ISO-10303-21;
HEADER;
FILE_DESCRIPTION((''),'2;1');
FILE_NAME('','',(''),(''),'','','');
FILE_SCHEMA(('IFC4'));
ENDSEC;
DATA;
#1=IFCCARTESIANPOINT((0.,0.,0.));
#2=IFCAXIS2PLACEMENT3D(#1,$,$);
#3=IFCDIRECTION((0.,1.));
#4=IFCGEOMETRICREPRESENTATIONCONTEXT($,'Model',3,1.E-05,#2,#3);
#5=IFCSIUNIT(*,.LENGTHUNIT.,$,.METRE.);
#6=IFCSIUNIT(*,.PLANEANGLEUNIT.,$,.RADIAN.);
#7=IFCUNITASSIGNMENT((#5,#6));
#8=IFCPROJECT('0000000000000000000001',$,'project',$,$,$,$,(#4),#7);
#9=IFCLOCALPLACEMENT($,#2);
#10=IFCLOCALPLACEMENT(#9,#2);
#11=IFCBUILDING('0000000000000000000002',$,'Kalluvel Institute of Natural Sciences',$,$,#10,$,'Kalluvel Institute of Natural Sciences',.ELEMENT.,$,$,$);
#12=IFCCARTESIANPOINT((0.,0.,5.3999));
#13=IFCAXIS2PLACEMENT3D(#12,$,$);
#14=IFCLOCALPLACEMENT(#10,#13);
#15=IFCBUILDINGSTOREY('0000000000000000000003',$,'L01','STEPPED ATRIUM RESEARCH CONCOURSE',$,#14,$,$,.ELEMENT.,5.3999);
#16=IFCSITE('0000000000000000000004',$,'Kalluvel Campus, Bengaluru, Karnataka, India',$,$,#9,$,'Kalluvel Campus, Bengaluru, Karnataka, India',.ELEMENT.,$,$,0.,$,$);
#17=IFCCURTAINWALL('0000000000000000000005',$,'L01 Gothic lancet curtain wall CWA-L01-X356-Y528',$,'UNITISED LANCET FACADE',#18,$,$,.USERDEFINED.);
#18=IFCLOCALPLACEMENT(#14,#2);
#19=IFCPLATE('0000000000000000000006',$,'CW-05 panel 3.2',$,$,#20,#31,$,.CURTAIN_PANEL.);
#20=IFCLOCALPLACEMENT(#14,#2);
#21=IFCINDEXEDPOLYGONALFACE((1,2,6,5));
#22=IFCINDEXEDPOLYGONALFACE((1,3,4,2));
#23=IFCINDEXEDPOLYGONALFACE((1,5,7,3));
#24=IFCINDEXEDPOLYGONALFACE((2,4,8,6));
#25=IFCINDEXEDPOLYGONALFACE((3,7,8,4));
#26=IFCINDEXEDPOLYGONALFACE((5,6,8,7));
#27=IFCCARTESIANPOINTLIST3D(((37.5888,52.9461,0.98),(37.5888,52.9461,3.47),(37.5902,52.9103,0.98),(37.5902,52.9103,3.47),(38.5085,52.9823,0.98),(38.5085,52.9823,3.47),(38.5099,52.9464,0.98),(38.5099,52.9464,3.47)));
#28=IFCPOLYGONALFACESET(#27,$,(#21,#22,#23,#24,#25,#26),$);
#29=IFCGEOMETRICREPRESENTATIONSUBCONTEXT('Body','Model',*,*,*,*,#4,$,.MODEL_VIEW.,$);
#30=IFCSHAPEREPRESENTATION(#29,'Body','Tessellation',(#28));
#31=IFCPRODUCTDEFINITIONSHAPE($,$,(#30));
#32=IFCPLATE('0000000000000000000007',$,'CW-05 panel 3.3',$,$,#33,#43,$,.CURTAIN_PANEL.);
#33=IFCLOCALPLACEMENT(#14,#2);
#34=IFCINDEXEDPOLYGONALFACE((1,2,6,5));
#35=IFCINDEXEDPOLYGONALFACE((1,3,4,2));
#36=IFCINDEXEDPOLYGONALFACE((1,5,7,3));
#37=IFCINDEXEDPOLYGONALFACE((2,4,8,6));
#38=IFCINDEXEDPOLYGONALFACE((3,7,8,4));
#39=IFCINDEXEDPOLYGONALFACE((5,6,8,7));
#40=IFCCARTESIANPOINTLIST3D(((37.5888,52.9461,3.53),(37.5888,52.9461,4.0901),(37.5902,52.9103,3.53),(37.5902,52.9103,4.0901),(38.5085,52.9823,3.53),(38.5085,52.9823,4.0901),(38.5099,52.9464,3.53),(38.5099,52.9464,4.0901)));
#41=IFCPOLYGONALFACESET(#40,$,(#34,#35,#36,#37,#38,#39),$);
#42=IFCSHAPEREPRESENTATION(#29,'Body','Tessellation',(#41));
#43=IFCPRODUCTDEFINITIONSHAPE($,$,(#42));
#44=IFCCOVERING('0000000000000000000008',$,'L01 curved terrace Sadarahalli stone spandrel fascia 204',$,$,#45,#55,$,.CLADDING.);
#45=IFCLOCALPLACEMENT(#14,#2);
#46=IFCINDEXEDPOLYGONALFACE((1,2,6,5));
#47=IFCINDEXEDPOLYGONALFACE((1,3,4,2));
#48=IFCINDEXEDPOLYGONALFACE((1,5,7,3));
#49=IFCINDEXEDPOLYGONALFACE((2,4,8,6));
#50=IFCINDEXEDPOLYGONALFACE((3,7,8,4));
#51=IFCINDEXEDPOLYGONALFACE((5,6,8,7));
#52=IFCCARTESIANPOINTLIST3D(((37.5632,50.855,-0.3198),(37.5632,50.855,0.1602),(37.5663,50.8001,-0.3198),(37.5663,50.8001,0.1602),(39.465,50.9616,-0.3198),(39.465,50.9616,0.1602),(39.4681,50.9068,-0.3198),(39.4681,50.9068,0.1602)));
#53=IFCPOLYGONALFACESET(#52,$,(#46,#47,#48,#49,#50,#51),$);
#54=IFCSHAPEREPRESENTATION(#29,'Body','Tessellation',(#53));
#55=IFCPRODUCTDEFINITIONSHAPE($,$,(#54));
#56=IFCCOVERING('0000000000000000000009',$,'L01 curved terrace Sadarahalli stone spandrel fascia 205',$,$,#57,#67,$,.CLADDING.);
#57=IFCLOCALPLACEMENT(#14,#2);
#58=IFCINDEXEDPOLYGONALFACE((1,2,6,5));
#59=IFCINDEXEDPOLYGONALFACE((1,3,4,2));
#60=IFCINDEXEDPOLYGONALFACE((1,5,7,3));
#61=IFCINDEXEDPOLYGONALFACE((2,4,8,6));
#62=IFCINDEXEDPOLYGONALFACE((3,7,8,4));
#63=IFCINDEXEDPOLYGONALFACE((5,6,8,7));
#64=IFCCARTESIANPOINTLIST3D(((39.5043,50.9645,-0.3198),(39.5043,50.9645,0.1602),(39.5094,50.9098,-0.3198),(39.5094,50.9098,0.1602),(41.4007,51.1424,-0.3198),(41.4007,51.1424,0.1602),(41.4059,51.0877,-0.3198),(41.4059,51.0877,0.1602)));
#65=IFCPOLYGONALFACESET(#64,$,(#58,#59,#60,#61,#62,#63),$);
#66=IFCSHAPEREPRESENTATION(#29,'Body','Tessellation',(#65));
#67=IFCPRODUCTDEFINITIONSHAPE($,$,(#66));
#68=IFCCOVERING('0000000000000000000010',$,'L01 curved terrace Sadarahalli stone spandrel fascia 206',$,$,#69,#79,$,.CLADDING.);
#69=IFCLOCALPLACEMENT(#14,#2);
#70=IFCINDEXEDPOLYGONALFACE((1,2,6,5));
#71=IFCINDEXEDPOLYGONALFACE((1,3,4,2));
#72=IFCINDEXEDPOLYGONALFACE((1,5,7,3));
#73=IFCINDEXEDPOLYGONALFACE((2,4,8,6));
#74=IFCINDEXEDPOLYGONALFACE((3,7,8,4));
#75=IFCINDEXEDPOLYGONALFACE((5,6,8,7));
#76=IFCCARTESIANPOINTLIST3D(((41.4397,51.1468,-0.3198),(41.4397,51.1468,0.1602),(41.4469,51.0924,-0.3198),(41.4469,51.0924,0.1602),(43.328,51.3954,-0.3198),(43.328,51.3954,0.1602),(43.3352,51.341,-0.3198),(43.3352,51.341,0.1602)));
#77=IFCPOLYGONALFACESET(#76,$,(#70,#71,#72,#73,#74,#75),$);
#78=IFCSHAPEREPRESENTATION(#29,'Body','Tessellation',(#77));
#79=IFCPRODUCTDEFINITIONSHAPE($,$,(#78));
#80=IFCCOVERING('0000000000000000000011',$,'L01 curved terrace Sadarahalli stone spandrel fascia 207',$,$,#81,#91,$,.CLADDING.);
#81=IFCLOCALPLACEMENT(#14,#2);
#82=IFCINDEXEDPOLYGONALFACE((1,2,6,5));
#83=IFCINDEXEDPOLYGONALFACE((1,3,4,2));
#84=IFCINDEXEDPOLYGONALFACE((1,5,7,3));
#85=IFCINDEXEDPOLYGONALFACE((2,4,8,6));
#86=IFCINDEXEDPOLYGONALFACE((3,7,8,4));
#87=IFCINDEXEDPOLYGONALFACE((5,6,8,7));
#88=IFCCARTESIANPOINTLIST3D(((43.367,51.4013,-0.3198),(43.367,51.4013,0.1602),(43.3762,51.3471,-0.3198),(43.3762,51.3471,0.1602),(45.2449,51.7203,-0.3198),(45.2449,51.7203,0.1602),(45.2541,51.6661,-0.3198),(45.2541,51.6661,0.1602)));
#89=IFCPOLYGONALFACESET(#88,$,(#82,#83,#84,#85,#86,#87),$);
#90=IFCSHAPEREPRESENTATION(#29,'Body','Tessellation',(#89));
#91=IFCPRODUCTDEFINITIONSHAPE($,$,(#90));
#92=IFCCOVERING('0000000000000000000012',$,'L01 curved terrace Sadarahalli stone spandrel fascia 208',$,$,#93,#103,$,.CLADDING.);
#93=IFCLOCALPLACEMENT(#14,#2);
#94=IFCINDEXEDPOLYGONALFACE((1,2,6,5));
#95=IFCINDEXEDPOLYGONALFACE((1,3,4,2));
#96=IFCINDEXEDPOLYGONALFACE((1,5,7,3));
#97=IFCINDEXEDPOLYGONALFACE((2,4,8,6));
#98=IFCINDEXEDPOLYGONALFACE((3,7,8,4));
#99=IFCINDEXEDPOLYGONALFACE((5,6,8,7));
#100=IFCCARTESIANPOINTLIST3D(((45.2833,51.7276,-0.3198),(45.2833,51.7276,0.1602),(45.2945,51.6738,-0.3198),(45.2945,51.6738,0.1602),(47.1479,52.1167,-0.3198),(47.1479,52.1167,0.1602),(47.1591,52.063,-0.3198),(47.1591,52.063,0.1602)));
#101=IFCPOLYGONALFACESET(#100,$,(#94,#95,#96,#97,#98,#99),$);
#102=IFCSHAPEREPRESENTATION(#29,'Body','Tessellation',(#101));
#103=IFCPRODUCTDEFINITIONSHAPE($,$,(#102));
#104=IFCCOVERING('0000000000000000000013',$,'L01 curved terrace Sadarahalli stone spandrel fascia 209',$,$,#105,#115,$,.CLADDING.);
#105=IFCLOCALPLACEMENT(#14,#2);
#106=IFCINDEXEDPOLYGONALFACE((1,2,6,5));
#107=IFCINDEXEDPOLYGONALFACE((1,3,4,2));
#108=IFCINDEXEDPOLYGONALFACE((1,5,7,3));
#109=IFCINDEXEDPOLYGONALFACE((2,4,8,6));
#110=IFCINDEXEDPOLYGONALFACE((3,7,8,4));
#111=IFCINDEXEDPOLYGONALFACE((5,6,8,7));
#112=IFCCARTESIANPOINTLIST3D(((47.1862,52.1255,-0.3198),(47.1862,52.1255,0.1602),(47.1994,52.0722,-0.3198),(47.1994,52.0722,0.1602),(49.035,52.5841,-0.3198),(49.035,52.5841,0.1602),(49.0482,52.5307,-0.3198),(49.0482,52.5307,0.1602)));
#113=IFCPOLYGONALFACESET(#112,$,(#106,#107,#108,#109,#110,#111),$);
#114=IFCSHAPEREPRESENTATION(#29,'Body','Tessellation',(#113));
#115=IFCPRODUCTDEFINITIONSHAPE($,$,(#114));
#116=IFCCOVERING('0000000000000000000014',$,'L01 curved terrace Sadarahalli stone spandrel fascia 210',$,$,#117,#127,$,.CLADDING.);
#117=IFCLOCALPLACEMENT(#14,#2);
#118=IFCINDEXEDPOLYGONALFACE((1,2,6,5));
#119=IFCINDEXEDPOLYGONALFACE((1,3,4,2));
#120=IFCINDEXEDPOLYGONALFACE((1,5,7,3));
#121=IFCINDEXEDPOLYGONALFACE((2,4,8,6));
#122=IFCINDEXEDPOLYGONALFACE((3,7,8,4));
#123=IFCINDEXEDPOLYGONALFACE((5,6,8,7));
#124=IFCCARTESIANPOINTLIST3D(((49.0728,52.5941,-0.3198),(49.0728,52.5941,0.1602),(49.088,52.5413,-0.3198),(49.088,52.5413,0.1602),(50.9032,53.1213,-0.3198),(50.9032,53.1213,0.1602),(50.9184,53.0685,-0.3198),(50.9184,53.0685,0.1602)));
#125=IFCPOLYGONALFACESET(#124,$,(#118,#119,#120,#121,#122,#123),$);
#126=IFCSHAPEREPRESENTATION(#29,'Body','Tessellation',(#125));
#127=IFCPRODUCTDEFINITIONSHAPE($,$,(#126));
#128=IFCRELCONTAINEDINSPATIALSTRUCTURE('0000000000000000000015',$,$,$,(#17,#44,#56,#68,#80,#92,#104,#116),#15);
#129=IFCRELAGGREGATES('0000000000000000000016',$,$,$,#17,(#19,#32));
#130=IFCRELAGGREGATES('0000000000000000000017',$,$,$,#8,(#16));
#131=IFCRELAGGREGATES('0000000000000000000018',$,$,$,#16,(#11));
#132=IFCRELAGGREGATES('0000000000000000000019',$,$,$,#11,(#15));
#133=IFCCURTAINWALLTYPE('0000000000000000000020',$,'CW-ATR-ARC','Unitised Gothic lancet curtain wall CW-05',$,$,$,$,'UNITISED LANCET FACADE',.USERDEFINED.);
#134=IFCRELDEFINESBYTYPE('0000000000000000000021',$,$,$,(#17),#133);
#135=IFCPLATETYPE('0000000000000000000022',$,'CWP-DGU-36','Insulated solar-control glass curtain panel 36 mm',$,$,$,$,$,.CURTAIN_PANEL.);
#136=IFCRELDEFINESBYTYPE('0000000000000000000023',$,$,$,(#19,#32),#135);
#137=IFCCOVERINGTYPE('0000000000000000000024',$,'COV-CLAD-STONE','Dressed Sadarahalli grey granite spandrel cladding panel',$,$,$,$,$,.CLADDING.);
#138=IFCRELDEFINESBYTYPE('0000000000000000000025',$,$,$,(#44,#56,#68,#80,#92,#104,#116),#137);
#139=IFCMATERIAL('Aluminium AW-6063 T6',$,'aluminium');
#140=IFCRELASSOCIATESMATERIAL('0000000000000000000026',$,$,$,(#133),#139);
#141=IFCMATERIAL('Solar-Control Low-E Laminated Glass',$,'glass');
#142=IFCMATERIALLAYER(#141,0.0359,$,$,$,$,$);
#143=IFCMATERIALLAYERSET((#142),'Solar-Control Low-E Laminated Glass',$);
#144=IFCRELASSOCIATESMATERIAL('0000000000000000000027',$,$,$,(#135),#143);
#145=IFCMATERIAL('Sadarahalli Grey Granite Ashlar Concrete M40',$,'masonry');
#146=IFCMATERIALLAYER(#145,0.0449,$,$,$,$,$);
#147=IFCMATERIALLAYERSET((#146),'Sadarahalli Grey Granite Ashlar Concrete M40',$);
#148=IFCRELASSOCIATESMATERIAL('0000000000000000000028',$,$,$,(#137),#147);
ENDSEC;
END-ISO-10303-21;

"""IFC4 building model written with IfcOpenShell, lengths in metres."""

from ifc_helpers import new_model, si_unit, direction, frame, origin, origin_2d, place, context, subcontext, project, spatial, rectangle, extrude, material, layer, layer_set, type_object, element, aggregate, save


model = new_model("IFC4")

# Units and contexts
model_context = context("Model", 3, precision=1e-05, world=origin(), true_north=direction((0.0, 1.0)))
body_context = subcontext(model_context, "Body", "Model", "MODEL_VIEW")
ifc_project = project(units=[si_unit("LENGTHUNIT", "METRE"), si_unit("PLANEANGLEUNIT", "RADIAN")], contexts=[model_context])

# Site, building, storey
site_placement = place(None, origin())
site = spatial("IfcSite", under=ifc_project, at=site_placement, Name="Kalluvel Campus, Bengaluru, Karnataka, India", LongName="Kalluvel Campus, Bengaluru, Karnataka, India", CompositionType="ELEMENT", RefElevation=0.0)
building_placement = place(site_placement, origin())
building = spatial("IfcBuilding", under=site, at=building_placement, Name="Kalluvel Institute of Natural Sciences", LongName="Kalluvel Institute of Natural Sciences", CompositionType="ELEMENT")
storey_placement = place(building_placement, frame((0.0, 0.0, 5.3999)))
storey = spatial("IfcBuildingStorey", under=building, at=storey_placement, Name="L01", Description="STEPPED ATRIUM RESEARCH CONCOURSE", CompositionType="ELEMENT", Elevation=5.3999)

# Curtain wall, plates
ifc_material_1 = material(Name="Aluminium AW-6063 T6", Category="aluminium")
curtain_wall_type = type_object("IfcCurtainWallType", Name="CW-ATR-ARC", Description="Unitised Gothic lancet curtain wall CW-05", ElementType="UNITISED LANCET FACADE", PredefinedType="USERDEFINED", material=ifc_material_1)
curtain_wall_placement = place(storey_placement, origin())
curtain_wall = element("IfcCurtainWall", 1, at=curtain_wall_placement, inside=storey, type_object=curtain_wall_type, Name="L01 Gothic lancet curtain wall CWA-L01-X356-Y528", ObjectType="UNITISED LANCET FACADE", PredefinedType="USERDEFINED")
ifc_material_2 = material(Name="Solar-Control Low-E Laminated Glass", Category="glass")
ifc_layer_1 = layer(ifc_material_2, 0.0359)
ifc_layer_set_1 = layer_set([ifc_layer_1], Name="Solar-Control Low-E Laminated Glass")
plate_type = type_object("IfcPlateType", Name="CWP-DGU-36", Description="Insulated solar-control glass curtain panel 36 mm", PredefinedType="CURTAIN_PANEL", material=ifc_layer_set_1)
plate_1_placement = place(storey_placement, frame((38.0493, 52.9463, 0.98), z_axis=(0.0, 0.0, 1.0), x_axis=(0.999229, 0.039265, 0.0)))
plate_1 = element("IfcPlate", 2, at=plate_1_placement, type_object=plate_type, Name="CW-05 panel 3.2", PredefinedType="CURTAIN_PANEL", context=body_context, shape_type="SweptSolid", body=[
    extrude(rectangle(XDim=0.9204, YDim=0.0359, at=origin_2d()), origin(), (0.0, 0.0, 1.0), 2.49),
])
plate_2_placement = place(storey_placement, frame((38.0493, 52.9463, 3.53), z_axis=(0.0, 0.0, 1.0), x_axis=(0.999229, 0.039265, 0.0)))
plate_2 = element("IfcPlate", 3, at=plate_2_placement, type_object=plate_type, Name="CW-05 panel 3.3", PredefinedType="CURTAIN_PANEL", context=body_context, shape_type="SweptSolid", body=[
    extrude(rectangle(XDim=0.9204, YDim=0.0359, at=origin_2d()), origin(), (0.0, 0.0, 1.0), 0.5601),
])
aggregate(curtain_wall, [plate_1, plate_2])

# Coverings
ifc_material_3 = material(Name="Sadarahalli Grey Granite Ashlar Concrete M40", Category="masonry")
ifc_layer_2 = layer(ifc_material_3, 0.0449)
ifc_layer_set_2 = layer_set([ifc_layer_2], Name="Sadarahalli Grey Granite Ashlar Concrete M40")
covering_type = type_object("IfcCoveringType", Name="COV-CLAD-STONE", Description="Dressed Sadarahalli grey granite spandrel cladding panel", PredefinedType="CLADDING", material=ifc_layer_set_2)
for number, where, z_axis, x_axis, name in (
    (4, (38.5156, 50.8809, -0.3198), (0.0, 0.0, 1.0), (0.998431, 0.055996, 0.0), "L01 curved terrace Sadarahalli stone spandrel fascia 204"),
    (5, (40.4551, 51.0261, -0.3198), (0.0, 0.0, 1.0), (0.995627, 0.093413, 0.0), "L01 curved terrace Sadarahalli stone spandrel fascia 205"),
):
    element("IfcCovering", number, at=place(storey_placement, frame(where, z_axis=z_axis, x_axis=x_axis)), inside=storey, type_object=covering_type, Name=name, PredefinedType="CLADDING", context=body_context, shape_type="SweptSolid", body=[
        extrude(rectangle(XDim=1.9048, YDim=0.0549, at=origin_2d()), origin(), (0.0, 0.0, 1.0), 0.48),
    ])
covering_placement = place(storey_placement, frame((42.3875, 51.2439, -0.3198), z_axis=(0.0, 0.0, 1.0), x_axis=(0.991445, 0.130526, 0.0)))
element("IfcCovering", 6, at=covering_placement, inside=storey, type_object=covering_type, Name="L01 curved terrace Sadarahalli stone spandrel fascia 206", PredefinedType="CLADDING", context=body_context, shape_type="SweptSolid", body=[
    extrude(rectangle(XDim=1.9045, YDim=0.0549, at=origin_2d()), origin(), (0.0, 0.0, 1.0), 0.48),
])
for number, where, z_axis, x_axis, name in (
    (7, (44.3105, 51.5337, -0.3198), (0.0, 0.0, 1.0), (0.985879, 0.167457, 0.0), "L01 curved terrace Sadarahalli stone spandrel fascia 207"),
    (8, (46.2212, 51.8953, -0.3198), (0.0, 0.0, 1.0), (0.978903, 0.204325, 0.0), "L01 curved terrace Sadarahalli stone spandrel fascia 208"),
    (9, (48.1172, 52.3281, -0.3198), (0.0, 0.0, 1.0), (0.970591, 0.240736, 0.0), "L01 curved terrace Sadarahalli stone spandrel fascia 209"),
    (10, (49.9956, 52.8313, -0.3198), (0.0, 0.0, 1.0), (0.960924, 0.276812, 0.0), "L01 curved terrace Sadarahalli stone spandrel fascia 210"),
):
    element("IfcCovering", number, at=place(storey_placement, frame(where, z_axis=z_axis, x_axis=x_axis)), inside=storey, type_object=covering_type, Name=name, PredefinedType="CLADDING", context=body_context, shape_type="SweptSolid", body=[
        extrude(rectangle(XDim=1.9048, YDim=0.0549, at=origin_2d()), origin(), (0.0, 0.0, 1.0), 0.48),
    ])

save(model, "model.ifc")
